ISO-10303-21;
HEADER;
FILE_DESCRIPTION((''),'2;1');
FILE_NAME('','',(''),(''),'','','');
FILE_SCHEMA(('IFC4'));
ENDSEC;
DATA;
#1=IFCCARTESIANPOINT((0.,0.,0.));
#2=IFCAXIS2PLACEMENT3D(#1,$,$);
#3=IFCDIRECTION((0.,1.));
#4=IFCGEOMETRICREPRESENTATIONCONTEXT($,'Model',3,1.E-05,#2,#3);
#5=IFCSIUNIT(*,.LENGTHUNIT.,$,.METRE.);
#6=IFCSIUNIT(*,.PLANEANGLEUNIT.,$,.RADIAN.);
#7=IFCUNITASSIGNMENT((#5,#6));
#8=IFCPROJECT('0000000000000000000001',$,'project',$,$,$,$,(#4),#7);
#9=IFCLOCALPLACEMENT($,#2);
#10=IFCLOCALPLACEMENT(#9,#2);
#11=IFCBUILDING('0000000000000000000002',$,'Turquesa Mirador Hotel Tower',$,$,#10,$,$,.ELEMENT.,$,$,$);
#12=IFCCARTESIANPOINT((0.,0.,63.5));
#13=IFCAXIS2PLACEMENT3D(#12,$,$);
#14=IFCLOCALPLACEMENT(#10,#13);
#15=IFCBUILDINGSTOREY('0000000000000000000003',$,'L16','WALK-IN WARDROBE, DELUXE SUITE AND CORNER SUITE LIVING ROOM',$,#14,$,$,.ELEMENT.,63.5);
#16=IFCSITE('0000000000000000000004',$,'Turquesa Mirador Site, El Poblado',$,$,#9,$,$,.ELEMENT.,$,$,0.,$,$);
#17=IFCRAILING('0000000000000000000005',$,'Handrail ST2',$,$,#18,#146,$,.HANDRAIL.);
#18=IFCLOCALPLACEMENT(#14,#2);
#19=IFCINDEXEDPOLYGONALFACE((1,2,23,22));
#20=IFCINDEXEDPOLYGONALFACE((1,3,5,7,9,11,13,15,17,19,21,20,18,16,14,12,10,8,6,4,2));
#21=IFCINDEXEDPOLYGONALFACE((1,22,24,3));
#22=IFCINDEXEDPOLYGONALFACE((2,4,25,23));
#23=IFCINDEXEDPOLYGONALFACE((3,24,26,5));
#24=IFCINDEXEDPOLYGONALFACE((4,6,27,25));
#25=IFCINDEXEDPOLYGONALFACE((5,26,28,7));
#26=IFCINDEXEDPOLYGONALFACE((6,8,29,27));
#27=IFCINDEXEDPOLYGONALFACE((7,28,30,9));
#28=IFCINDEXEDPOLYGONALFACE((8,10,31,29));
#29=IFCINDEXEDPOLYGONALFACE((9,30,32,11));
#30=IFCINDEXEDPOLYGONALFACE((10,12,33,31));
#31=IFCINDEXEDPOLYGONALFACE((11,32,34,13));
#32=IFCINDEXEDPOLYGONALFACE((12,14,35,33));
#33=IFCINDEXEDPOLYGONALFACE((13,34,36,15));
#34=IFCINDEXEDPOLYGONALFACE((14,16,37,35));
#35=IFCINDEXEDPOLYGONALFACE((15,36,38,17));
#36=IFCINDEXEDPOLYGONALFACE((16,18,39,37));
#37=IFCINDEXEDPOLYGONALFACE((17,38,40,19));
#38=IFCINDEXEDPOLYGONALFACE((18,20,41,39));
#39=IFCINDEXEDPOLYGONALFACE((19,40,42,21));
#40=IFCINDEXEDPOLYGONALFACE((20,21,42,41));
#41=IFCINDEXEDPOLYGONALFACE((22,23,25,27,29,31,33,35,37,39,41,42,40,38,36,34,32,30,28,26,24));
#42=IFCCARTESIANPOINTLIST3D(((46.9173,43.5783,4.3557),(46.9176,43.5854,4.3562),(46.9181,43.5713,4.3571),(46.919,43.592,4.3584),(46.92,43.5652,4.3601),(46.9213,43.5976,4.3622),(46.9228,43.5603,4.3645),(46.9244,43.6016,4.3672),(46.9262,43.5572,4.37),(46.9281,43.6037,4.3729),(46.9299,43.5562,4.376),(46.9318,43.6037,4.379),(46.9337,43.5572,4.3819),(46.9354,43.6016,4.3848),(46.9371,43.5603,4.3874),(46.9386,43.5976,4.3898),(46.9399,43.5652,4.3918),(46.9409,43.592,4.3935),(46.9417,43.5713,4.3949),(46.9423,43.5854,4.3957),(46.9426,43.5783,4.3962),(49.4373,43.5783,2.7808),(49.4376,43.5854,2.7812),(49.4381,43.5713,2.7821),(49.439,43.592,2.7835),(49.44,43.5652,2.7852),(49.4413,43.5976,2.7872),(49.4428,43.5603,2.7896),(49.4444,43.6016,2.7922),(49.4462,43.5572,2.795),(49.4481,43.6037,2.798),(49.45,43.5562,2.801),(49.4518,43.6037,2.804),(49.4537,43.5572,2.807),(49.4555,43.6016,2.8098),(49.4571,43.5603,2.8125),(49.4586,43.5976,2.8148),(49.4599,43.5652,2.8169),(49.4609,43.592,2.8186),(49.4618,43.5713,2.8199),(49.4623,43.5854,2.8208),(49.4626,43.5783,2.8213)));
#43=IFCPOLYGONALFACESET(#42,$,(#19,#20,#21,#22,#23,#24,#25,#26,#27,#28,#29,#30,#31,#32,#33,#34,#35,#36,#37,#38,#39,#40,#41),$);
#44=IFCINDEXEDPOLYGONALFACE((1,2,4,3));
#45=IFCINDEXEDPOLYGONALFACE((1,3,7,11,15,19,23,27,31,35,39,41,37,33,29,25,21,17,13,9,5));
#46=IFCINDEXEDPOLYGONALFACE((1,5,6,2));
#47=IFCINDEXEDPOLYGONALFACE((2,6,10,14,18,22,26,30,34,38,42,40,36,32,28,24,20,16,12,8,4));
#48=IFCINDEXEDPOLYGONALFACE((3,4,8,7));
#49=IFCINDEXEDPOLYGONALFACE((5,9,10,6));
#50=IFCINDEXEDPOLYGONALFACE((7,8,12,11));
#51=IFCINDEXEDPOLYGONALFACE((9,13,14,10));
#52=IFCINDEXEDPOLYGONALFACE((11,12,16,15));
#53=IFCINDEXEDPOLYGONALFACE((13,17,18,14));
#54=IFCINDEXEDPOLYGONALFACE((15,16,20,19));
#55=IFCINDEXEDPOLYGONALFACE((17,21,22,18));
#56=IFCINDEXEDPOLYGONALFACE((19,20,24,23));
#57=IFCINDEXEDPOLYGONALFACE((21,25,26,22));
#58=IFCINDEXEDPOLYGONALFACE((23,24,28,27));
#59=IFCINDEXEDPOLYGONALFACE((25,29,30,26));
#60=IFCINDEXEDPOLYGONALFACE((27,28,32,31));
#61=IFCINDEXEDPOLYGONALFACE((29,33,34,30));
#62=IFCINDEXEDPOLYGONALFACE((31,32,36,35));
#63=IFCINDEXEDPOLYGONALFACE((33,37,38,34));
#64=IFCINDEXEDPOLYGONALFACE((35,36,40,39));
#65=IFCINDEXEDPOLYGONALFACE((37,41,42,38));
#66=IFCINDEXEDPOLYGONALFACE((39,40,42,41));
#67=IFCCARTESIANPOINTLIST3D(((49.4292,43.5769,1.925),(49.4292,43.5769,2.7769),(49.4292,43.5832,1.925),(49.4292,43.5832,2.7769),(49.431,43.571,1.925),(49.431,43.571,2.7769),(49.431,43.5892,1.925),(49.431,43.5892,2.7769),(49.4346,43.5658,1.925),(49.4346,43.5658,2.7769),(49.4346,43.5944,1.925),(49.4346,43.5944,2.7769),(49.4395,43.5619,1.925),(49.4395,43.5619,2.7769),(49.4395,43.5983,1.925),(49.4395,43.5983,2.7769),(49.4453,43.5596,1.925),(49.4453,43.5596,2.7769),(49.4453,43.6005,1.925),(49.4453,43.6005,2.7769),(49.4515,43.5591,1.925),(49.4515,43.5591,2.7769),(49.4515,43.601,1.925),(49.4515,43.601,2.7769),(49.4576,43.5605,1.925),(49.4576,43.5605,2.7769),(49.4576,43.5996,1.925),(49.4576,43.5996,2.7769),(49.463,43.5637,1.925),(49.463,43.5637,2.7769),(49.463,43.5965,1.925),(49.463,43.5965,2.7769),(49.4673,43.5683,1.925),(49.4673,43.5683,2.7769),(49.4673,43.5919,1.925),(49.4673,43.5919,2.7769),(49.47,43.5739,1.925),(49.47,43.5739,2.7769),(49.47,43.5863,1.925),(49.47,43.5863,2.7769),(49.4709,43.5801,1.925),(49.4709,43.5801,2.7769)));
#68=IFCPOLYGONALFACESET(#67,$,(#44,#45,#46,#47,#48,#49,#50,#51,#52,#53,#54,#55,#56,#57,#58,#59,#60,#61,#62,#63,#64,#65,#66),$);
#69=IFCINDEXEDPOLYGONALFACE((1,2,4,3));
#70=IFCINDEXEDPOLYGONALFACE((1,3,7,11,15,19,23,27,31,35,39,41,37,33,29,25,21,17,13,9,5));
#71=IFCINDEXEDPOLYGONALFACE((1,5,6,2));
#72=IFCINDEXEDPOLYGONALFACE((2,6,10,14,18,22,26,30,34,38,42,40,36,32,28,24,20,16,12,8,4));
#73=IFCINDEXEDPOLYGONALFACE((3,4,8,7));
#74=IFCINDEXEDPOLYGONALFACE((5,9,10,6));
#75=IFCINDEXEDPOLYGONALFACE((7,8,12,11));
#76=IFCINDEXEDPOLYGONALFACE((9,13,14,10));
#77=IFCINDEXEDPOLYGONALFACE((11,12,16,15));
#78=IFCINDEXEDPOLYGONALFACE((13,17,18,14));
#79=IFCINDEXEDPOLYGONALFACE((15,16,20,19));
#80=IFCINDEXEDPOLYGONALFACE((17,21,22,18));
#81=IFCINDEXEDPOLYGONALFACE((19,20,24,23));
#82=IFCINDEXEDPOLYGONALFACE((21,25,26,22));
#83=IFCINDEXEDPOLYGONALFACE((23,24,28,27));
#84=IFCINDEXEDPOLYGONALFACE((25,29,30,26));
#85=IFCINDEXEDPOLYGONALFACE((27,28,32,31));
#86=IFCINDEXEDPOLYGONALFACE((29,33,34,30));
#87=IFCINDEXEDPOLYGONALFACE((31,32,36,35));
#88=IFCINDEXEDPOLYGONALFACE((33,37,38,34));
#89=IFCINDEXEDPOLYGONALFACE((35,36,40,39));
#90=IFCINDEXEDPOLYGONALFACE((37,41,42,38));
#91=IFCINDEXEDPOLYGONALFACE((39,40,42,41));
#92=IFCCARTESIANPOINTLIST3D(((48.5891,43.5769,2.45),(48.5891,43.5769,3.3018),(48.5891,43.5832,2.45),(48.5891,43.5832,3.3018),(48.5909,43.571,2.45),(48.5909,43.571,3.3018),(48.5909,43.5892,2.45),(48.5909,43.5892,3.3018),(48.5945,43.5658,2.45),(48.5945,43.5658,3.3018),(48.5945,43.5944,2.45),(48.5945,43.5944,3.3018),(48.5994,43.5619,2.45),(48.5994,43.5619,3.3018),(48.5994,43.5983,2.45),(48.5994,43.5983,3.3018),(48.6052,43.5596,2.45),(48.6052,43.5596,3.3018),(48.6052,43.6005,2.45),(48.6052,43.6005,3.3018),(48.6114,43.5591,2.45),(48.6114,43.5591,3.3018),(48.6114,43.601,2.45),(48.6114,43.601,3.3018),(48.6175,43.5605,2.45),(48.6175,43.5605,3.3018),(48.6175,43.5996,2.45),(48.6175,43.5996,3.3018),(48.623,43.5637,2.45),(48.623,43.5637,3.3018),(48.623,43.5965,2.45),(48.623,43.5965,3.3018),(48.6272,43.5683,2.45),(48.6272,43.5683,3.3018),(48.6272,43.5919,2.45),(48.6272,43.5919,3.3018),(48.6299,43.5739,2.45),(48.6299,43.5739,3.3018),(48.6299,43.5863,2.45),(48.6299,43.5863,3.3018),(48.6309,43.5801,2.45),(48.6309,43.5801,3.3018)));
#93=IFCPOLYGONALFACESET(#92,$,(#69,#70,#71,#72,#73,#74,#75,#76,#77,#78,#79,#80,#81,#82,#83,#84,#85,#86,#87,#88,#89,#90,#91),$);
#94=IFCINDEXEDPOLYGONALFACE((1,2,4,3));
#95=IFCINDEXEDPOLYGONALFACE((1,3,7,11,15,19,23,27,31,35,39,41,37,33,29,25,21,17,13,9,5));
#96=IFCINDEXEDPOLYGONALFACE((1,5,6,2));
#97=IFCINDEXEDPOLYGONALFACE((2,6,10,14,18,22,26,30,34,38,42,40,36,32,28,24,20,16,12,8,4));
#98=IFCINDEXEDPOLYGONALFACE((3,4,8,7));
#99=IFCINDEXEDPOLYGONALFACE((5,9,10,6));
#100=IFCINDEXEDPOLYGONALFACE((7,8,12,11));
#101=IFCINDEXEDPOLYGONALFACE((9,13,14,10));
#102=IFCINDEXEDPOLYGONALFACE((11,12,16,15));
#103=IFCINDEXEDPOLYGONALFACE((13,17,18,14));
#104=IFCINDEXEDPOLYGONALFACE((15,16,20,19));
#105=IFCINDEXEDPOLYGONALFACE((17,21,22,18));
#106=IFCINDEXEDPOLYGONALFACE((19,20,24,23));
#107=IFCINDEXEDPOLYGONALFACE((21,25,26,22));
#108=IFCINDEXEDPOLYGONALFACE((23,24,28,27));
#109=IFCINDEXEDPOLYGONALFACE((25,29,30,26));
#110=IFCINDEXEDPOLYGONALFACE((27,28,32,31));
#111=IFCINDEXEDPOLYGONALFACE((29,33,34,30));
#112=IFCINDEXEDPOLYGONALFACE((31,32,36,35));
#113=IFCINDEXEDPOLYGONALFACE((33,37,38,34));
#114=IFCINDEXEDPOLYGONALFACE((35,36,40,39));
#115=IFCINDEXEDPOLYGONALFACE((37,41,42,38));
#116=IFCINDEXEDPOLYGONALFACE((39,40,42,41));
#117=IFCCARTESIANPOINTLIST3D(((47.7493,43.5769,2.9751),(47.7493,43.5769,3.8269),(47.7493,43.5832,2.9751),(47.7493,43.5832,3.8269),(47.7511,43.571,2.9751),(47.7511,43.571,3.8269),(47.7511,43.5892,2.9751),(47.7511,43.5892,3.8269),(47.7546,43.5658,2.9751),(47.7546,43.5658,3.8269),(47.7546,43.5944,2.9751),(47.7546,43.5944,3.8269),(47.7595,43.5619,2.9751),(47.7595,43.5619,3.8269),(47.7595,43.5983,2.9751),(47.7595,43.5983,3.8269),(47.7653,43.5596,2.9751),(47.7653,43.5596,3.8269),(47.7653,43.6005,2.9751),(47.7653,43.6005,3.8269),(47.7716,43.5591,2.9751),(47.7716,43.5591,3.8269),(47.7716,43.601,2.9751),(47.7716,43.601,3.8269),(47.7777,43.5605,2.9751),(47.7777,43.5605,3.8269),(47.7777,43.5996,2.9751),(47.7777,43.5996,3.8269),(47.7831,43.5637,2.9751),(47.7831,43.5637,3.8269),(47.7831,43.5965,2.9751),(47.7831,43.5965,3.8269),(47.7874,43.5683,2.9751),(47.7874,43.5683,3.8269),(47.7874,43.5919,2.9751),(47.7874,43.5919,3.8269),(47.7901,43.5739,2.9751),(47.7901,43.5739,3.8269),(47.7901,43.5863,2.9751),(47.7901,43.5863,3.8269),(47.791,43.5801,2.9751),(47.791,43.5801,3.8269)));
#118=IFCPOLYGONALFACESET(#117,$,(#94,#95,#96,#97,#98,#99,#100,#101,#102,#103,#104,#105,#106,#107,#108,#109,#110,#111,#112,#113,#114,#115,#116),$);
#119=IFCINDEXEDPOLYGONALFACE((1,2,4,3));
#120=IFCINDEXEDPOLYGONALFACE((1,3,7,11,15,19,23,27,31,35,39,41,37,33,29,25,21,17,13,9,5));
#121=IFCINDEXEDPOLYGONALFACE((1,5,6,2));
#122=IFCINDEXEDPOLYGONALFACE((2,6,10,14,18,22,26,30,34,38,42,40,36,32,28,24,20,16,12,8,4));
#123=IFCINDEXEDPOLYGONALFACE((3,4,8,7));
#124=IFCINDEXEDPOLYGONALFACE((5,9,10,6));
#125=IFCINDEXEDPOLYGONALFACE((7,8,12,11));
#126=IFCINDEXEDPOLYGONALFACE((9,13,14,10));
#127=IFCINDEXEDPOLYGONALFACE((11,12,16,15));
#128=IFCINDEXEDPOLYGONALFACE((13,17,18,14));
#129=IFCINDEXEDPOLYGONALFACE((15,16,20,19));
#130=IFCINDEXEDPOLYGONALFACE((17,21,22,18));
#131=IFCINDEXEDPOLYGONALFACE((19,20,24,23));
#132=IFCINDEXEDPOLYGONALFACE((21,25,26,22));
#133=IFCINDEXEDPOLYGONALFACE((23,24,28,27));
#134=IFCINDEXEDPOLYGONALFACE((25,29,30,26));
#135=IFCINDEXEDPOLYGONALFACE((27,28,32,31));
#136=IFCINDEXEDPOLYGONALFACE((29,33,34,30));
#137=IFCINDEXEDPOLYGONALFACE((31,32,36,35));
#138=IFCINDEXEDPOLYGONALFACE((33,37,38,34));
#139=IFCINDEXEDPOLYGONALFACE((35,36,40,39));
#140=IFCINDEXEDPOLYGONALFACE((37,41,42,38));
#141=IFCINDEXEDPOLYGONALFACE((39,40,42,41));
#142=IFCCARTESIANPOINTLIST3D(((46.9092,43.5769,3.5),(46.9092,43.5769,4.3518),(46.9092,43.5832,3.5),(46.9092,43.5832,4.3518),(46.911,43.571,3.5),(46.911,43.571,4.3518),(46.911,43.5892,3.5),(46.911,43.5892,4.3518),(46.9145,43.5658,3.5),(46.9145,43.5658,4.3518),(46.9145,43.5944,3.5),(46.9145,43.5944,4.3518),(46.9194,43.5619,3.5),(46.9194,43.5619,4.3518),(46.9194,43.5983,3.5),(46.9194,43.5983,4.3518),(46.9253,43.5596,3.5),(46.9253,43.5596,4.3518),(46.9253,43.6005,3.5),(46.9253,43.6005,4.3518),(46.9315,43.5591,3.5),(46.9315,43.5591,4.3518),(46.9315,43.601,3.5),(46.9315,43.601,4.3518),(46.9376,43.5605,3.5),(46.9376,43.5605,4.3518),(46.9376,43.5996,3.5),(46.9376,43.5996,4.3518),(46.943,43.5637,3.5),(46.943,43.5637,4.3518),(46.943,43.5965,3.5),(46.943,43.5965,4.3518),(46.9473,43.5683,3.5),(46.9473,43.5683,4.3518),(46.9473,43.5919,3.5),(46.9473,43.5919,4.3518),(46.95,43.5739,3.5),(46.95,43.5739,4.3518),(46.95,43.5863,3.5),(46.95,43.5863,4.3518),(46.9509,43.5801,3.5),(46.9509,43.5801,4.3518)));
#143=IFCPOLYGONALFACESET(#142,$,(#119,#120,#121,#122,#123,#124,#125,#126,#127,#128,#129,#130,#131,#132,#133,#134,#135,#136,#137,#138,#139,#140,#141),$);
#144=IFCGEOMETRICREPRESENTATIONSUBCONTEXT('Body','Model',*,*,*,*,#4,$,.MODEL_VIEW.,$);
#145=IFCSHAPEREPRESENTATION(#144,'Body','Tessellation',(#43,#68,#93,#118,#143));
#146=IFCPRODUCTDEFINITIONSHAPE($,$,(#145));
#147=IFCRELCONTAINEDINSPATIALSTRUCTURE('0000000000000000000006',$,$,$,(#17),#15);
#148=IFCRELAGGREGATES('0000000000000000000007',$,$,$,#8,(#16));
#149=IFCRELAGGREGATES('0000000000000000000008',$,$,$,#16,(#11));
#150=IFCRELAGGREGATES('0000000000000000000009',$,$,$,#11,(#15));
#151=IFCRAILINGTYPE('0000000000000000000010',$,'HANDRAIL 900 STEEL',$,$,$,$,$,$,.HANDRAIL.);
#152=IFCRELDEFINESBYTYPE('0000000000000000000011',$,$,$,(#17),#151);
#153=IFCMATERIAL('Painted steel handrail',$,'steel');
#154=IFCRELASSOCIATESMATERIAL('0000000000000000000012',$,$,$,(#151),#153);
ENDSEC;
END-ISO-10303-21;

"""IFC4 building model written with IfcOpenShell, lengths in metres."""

from ifc_helpers import new_model, si_unit, direction, frame, origin, origin_2d, place, context, subcontext, project, spatial, circle, extrude, material, type_object, element, save


model = new_model("IFC4")

# Units and contexts
model_context = context("Model", 3, precision=1e-05, world=origin(), true_north=direction((0.0, 1.0)))
body_context = subcontext(model_context, "Body", "Model", "MODEL_VIEW")
ifc_project = project(units=[si_unit("LENGTHUNIT", "METRE"), si_unit("PLANEANGLEUNIT", "RADIAN")], contexts=[model_context])

# Site, building, storey
site_placement = place(None, origin())
site = spatial("IfcSite", under=ifc_project, at=site_placement, Name="Turquesa Mirador Site, El Poblado", CompositionType="ELEMENT", RefElevation=0.0)
building_placement = place(site_placement, origin())
building = spatial("IfcBuilding", under=site, at=building_placement, Name="Turquesa Mirador Hotel Tower", CompositionType="ELEMENT")
storey_placement = place(building_placement, frame((0.0, 0.0, 63.5)))
storey = spatial("IfcBuildingStorey", under=building, at=storey_placement, Name="L16", Description="WALK-IN WARDROBE, DELUXE SUITE AND CORNER SUITE LIVING ROOM", CompositionType="ELEMENT", Elevation=63.5)

# Railing
ifc_material_1 = material(Name="Painted steel handrail", Category="steel")
railing_type = type_object("IfcRailingType", Name="HANDRAIL 900 STEEL", PredefinedType="HANDRAIL", material=ifc_material_1)
railing_1_placement = place(storey_placement, frame((49.45, 43.5801, 1.925)))
element("IfcRailing", 1, at=railing_1_placement, inside=storey, type_object=railing_type, Name="Handrail ST2", PredefinedType="HANDRAIL", context=body_context, shape_type="SweptSolid", body=[
    extrude(circle(Radius=0.0239, at=origin_2d()), frame((0.0, 0.0, 0.876), z_axis=(-0.848008, 0.0, 0.529984), x_axis=(0.0, -1.0, 0.0)), (0.0, 0.0, 1.0), 2.9717),
    extrude(circle(Radius=0.021, at=origin_2d()), origin(), (0.0, 0.0, 1.0), 0.8518),
    extrude(circle(Radius=0.021, at=origin_2d()), frame((-0.8401, 0.0, 0.5249)), (0.0, 0.0, 1.0), 0.8518),
    extrude(circle(Radius=0.021, at=origin_2d()), frame((-1.6799, 0.0, 1.05)), (0.0, 0.0, 1.0), 0.8518),
    extrude(circle(Radius=0.021, at=origin_2d()), frame((-2.52, 0.0, 1.575)), (0.0, 0.0, 1.0), 0.8518),
])

save(model, "model.ifc")
